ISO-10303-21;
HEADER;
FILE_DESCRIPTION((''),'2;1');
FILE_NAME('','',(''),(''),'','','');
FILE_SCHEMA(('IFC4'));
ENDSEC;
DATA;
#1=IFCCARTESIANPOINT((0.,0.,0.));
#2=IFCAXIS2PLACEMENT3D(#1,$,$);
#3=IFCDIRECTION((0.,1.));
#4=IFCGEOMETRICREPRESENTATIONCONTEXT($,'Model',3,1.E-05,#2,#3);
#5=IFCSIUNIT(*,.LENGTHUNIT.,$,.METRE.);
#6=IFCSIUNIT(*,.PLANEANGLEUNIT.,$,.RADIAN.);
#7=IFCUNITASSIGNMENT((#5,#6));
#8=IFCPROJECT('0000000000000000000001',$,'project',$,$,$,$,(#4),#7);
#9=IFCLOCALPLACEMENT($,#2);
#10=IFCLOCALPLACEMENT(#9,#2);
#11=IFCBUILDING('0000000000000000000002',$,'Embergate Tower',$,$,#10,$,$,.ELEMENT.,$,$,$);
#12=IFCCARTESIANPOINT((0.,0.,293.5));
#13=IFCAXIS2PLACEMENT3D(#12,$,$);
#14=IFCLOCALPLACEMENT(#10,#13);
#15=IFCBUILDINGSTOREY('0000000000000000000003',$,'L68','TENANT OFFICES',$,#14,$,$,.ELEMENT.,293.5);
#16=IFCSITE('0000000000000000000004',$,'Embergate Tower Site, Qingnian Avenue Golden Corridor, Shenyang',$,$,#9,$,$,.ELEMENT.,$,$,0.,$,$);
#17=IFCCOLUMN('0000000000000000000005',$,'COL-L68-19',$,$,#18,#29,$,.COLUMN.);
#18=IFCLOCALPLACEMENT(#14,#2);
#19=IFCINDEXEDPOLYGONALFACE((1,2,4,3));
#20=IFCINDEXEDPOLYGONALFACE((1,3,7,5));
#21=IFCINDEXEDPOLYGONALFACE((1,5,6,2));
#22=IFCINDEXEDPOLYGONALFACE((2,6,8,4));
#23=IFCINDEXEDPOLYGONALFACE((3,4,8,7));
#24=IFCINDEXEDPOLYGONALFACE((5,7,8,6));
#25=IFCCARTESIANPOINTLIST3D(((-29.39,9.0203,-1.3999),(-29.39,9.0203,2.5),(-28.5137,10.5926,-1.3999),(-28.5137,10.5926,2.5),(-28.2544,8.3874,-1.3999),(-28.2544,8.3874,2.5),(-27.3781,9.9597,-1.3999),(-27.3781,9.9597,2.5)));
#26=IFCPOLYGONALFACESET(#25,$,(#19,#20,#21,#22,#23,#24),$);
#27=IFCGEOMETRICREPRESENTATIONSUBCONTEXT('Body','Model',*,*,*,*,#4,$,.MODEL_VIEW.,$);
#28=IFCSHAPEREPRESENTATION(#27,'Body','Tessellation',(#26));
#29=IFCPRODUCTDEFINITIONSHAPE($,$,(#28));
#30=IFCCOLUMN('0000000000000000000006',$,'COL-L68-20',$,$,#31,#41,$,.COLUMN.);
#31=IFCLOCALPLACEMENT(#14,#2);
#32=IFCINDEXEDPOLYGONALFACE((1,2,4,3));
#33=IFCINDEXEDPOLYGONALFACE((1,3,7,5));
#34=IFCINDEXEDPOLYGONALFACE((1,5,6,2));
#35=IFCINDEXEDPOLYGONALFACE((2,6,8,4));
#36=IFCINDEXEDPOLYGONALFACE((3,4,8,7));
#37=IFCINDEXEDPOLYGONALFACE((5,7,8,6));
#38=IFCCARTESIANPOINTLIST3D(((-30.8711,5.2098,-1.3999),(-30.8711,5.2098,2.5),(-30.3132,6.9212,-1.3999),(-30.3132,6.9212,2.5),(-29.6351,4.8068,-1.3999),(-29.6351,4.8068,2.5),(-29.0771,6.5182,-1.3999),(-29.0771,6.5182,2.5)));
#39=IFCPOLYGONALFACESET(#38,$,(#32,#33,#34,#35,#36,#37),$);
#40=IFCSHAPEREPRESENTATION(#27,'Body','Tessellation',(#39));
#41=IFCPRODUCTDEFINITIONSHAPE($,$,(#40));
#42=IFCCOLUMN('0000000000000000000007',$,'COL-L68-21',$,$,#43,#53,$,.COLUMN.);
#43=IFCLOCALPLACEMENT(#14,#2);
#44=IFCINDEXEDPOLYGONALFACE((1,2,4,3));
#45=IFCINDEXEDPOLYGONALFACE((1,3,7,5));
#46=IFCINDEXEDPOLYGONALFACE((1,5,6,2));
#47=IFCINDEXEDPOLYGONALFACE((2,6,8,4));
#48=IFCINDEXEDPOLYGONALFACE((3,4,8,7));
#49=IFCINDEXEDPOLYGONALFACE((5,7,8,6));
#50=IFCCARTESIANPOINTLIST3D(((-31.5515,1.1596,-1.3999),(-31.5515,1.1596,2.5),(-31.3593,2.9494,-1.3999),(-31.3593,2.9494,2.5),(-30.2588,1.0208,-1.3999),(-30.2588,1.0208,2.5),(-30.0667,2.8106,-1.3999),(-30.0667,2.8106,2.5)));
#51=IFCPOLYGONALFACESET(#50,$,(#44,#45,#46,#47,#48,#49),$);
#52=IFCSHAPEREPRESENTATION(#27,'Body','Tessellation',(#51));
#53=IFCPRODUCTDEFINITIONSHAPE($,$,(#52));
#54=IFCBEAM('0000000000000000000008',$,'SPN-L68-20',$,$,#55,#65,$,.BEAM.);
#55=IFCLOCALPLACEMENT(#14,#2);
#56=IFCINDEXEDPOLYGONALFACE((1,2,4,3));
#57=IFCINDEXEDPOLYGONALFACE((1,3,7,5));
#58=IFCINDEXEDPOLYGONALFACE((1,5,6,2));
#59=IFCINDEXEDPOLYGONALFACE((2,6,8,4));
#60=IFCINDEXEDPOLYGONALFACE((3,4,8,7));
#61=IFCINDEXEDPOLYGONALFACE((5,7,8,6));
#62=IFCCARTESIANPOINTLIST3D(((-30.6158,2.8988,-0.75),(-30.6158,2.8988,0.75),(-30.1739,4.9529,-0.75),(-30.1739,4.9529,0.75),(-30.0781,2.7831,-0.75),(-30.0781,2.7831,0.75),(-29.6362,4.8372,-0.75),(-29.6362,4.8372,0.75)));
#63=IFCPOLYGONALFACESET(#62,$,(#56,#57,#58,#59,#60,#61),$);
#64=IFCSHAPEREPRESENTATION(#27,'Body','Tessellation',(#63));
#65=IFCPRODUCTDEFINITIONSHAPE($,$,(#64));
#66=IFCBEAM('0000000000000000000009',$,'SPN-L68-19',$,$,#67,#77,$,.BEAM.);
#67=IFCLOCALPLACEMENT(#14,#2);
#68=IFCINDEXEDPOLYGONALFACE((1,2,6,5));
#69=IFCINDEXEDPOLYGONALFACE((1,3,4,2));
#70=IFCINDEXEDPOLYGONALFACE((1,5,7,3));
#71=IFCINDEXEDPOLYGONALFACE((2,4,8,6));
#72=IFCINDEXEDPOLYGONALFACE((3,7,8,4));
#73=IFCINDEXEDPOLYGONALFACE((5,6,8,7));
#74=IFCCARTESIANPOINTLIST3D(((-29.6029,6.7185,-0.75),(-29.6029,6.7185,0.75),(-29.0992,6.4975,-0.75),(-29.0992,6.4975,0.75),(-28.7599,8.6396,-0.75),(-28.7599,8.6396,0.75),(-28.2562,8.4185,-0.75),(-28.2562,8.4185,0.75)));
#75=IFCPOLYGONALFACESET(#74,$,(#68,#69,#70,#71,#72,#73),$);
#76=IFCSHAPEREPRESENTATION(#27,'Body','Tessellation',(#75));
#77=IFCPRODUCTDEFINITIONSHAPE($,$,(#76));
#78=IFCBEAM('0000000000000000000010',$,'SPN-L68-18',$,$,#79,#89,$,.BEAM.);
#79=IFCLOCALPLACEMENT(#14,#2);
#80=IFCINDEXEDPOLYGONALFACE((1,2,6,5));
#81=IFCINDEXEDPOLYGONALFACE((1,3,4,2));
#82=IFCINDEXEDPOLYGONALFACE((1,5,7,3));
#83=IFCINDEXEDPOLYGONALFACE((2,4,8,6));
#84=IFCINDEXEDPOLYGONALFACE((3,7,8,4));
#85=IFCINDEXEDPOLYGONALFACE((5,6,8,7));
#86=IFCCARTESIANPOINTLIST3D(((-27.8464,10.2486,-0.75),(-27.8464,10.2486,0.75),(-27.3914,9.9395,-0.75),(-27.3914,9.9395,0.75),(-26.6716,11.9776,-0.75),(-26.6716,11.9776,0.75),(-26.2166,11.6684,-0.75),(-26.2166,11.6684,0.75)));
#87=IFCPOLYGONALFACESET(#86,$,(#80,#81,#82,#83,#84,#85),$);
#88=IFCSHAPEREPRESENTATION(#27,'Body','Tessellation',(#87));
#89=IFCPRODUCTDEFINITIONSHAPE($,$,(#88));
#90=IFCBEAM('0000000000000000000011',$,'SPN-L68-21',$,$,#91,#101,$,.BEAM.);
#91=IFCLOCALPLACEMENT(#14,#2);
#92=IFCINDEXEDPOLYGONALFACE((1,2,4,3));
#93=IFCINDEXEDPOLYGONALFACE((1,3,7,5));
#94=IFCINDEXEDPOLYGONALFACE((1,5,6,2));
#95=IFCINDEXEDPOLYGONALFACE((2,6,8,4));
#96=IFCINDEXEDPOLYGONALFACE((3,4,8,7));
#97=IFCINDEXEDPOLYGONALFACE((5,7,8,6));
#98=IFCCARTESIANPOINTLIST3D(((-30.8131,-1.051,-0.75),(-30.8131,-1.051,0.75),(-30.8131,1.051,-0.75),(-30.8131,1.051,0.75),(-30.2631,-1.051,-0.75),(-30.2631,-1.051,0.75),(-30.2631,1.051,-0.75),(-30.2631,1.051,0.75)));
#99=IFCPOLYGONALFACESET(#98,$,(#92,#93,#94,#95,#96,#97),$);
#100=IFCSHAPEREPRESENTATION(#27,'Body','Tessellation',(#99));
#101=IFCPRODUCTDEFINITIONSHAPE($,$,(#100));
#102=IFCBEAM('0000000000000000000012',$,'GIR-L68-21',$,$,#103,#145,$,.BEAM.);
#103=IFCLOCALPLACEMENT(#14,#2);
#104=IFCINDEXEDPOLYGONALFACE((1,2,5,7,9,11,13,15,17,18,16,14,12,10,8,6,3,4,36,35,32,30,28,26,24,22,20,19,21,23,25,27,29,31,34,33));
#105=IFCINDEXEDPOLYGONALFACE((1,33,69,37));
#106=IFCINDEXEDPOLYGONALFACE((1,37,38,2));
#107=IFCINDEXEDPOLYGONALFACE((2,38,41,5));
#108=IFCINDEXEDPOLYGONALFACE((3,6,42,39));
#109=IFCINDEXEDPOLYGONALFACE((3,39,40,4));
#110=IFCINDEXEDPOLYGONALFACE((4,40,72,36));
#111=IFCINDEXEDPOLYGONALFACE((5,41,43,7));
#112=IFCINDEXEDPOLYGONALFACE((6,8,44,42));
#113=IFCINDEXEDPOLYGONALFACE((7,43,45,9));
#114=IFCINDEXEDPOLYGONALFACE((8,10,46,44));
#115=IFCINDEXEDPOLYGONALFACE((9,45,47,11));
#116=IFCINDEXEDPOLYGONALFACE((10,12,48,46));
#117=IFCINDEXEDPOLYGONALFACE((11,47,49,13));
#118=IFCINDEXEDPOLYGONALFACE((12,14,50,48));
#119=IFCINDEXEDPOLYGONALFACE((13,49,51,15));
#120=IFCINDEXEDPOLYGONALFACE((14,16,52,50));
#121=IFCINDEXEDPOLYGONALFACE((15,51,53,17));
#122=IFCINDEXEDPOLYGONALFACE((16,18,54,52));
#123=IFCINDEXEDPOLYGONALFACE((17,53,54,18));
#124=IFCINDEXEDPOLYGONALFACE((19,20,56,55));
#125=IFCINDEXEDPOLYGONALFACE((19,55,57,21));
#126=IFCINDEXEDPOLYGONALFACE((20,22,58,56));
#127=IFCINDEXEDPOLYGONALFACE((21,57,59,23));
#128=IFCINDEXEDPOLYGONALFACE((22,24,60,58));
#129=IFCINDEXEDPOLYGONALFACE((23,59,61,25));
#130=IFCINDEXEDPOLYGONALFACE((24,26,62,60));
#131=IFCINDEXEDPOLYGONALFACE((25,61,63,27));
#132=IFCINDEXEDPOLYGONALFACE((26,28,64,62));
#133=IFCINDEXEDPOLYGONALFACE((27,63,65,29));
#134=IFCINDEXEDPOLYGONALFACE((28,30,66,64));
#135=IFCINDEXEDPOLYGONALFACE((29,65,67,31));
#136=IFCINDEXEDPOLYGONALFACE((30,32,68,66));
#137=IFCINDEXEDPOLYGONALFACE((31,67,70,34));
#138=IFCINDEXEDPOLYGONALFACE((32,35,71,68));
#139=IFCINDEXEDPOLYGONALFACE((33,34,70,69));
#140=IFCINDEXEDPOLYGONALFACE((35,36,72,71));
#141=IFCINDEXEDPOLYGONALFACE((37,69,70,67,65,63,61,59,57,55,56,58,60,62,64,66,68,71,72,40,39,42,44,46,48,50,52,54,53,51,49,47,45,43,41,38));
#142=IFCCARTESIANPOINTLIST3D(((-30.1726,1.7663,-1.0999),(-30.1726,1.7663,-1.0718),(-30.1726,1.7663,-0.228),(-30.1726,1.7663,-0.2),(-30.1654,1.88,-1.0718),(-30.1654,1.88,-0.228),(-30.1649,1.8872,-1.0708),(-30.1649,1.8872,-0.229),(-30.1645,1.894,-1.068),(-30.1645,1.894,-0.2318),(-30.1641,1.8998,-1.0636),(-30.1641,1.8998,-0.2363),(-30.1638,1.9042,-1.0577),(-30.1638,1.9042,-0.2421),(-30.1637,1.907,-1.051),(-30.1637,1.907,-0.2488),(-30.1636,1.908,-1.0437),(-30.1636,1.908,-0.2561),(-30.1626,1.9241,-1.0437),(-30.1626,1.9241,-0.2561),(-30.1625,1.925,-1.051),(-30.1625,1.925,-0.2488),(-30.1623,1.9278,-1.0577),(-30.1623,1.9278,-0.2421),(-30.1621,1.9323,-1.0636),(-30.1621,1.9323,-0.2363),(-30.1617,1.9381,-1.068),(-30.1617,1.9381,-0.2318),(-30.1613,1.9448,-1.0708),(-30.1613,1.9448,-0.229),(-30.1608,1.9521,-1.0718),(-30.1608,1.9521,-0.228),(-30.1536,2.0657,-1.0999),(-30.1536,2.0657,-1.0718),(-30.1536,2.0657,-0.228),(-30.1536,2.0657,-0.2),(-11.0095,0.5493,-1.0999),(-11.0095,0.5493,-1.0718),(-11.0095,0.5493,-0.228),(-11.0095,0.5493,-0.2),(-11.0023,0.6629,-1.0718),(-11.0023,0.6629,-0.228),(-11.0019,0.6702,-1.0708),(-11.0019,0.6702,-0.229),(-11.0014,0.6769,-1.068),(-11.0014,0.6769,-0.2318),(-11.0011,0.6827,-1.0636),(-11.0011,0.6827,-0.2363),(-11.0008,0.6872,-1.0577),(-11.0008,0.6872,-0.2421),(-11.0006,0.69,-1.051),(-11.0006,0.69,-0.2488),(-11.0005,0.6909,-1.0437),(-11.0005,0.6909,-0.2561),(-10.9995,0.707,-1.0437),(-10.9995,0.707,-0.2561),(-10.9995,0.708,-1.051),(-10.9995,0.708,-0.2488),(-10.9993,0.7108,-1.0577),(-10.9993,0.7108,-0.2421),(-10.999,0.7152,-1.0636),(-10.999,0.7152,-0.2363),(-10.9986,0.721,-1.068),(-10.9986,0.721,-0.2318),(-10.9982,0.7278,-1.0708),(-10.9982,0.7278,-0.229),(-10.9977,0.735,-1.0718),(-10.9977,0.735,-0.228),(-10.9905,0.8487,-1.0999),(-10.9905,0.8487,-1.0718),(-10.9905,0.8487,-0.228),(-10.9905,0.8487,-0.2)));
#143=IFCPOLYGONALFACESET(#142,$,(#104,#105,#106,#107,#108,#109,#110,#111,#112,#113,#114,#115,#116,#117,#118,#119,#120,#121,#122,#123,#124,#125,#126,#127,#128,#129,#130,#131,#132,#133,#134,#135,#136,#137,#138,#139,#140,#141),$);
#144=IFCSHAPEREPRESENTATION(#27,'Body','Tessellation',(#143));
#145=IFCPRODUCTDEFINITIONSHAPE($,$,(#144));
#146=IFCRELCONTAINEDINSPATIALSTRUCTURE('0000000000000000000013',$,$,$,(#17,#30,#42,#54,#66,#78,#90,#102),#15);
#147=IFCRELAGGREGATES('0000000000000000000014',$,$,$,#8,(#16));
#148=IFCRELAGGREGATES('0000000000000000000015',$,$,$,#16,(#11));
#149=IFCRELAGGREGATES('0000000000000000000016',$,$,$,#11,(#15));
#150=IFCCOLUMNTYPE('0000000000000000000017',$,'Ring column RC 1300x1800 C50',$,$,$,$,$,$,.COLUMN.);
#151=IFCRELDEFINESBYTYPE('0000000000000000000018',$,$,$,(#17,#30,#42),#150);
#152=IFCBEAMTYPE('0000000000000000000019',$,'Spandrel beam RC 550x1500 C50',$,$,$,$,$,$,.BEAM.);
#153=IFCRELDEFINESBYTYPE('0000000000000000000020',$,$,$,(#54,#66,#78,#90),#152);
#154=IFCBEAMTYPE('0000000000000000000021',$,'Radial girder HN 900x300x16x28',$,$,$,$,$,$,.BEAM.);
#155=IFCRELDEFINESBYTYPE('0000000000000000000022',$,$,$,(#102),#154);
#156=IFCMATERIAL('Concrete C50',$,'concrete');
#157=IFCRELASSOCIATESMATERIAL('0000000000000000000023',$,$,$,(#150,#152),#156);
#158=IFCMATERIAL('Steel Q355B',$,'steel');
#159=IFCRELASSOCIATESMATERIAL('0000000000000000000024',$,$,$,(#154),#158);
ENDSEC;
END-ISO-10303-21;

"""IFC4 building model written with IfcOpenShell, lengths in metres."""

from ifc_helpers import new_model, si_unit, direction, frame, origin, origin_2d, place, context, subcontext, project, spatial, rectangle, i_section, extrude, source, transform, mapped, material, material_profile, profile_set, type_object, element, save


model = new_model("IFC4")

# Units and contexts
model_context = context("Model", 3, precision=1e-05, world=origin(), true_north=direction((0.0, 1.0)))
body_context = subcontext(model_context, "Body", "Model", "MODEL_VIEW")
ifc_project = project(units=[si_unit("LENGTHUNIT", "METRE"), si_unit("PLANEANGLEUNIT", "RADIAN")], contexts=[model_context])

# Site, building, storey
site_placement = place(None, origin())
site = spatial("IfcSite", under=ifc_project, at=site_placement, Name="Embergate Tower Site, Qingnian Avenue Golden Corridor, Shenyang", CompositionType="ELEMENT", RefElevation=0.0)
building_placement = place(site_placement, origin())
building = spatial("IfcBuilding", under=site, at=building_placement, Name="Embergate Tower", CompositionType="ELEMENT")
storey_placement = place(building_placement, frame((0.0, 0.0, 293.5)))
storey = spatial("IfcBuildingStorey", under=building, at=storey_placement, Name="L68", Description="TENANT OFFICES", CompositionType="ELEMENT", Elevation=293.5)

# Columns
ifc_material_1 = material(Name="Concrete C50", Category="concrete")
ifc_material_profile_1 = material_profile(ifc_material_1, rectangle(XDim=1.3, YDim=1.8, at=origin_2d()), Name="RC 1300x1800")
ifc_profile_set_1 = profile_set([ifc_material_profile_1], Name="Concrete C50")
column_type = type_object("IfcColumnType", Name="Ring column RC 1300x1800 C50", PredefinedType="COLUMN", material=ifc_profile_set_1)
shared_shape_1 = source(origin(), body_context, "Body", "SweptSolid", [
    extrude(rectangle(XDim=1.3, YDim=1.8, at=origin_2d()), origin(), (0.0, 0.0, 1.0), 3.8999),
])
for number, where, z_axis, x_axis, name in (
    (1, (-28.384, 9.49, -1.3999), (0.0, 0.0, 1.0), (-0.8735, 0.486823, 0.0), "COL-L68-19"),
    (2, (-29.9741, 5.864, -1.3999), (0.0, 0.0, 1.0), (-0.950754, 0.309946, 0.0), "COL-L68-20"),
    (3, (-30.8091, 1.9851, -1.3999), (0.0, 0.0, 1.0), (-0.994286, 0.10675, 0.0), "COL-L68-21"),
):
    element("IfcColumn", number, at=place(storey_placement, frame(where, z_axis=z_axis, x_axis=x_axis)), inside=storey, type_object=column_type, Name=name, PredefinedType="COLUMN", context=body_context, shape_type="MappedRepresentation", body=[
        mapped(shared_shape_1, transform((0.0, 0.0, 0.0))),
    ])

# Beams
ifc_material_profile_2 = material_profile(ifc_material_1, rectangle(XDim=0.55, YDim=1.5, at=origin_2d()), Name="RC 550x1500")
ifc_profile_set_2 = profile_set([ifc_material_profile_2], Name="Concrete C50")
beam_type_1 = type_object("IfcBeamType", Name="Spandrel beam RC 550x1500 C50", PredefinedType="BEAM", material=ifc_profile_set_2)
shared_shape_2 = source(origin(), body_context, "Body", "SweptSolid", [
    extrude(rectangle(XDim=0.55, YDim=1.5, at=origin_2d()), origin(), (0.0, 0.0, 1.0), 2.1011),
])
beam_1_placement = place(storey_placement, frame((-29.905, 4.895, 0.0), z_axis=(-0.210331, -0.97763, 0.0), x_axis=(0.97763, -0.210331, 0.0)))
element("IfcBeam", 4, at=beam_1_placement, inside=storey, type_object=beam_type_1, Name="SPN-L68-20", PredefinedType="BEAM", context=body_context, shape_type="MappedRepresentation", body=[
    mapped(shared_shape_2, transform((0.0, 0.0, 0.0))),
])
shared_shape_3 = source(origin(), body_context, "Body", "SweptSolid", [
    extrude(rectangle(XDim=0.55, YDim=1.5, at=origin_2d()), origin(), (0.0, 0.0, 1.0), 2.0979),
])
beam_2_placement = place(storey_placement, frame((-28.5081, 8.5291, 0.0), z_axis=(-0.401826, -0.915716, 0.0), x_axis=(0.915716, -0.401826, 0.0)))
element("IfcBeam", 5, at=beam_2_placement, inside=storey, type_object=beam_type_1, Name="SPN-L68-19", PredefinedType="BEAM", context=body_context, shape_type="MappedRepresentation", body=[
    mapped(shared_shape_3, transform((0.0, 0.0, 0.0))),
])
shared_shape_4 = source(origin(), body_context, "Body", "SweptSolid", [
    extrude(rectangle(XDim=0.55, YDim=1.5, at=origin_2d()), origin(), (0.0, 0.0, 1.0), 2.0903),
])
beam_3_placement = place(storey_placement, frame((-26.4441, 11.823, 0.0), z_axis=(-0.56201, -0.827131, 0.0), x_axis=(0.827131, -0.56201, 0.0)))
element("IfcBeam", 6, at=beam_3_placement, inside=storey, type_object=beam_type_1, Name="SPN-L68-18", PredefinedType="BEAM", context=body_context, shape_type="MappedRepresentation", body=[
    mapped(shared_shape_4, transform((0.0, 0.0, 0.0))),
])
shared_shape_5 = source(origin(), body_context, "Body", "SweptSolid", [
    extrude(rectangle(XDim=0.55, YDim=1.5, at=origin_2d()), origin(), (0.0, 0.0, 1.0), 2.1021),
])
beam_4_placement = place(storey_placement, frame((-30.5381, 1.051, 0.0), z_axis=(0.0, -1.0, 0.0), x_axis=(1.0, 0.0, 0.0)))
element("IfcBeam", 7, at=beam_4_placement, inside=storey, type_object=beam_type_1, Name="SPN-L68-21", PredefinedType="BEAM", context=body_context, shape_type="MappedRepresentation", body=[
    mapped(shared_shape_5, transform((0.0, 0.0, 0.0))),
])
ifc_material_2 = material(Name="Steel Q355B", Category="steel")
ifc_material_profile_3 = material_profile(ifc_material_2, i_section(OverallWidth=0.3, OverallDepth=0.8999, WebThickness=0.0161, FlangeThickness=0.0281, FilletRadius=0.0281, at=origin_2d()), Name="HN 900x300x16x28")
ifc_profile_set_3 = profile_set([ifc_material_profile_3], Name="Steel Q355 grade B")
beam_type_2 = type_object("IfcBeamType", Name="Radial girder HN 900x300x16x28", PredefinedType="BEAM", material=ifc_profile_set_3)
shared_shape_6 = source(origin(), body_context, "Body", "SweptSolid", [
    extrude(i_section(OverallWidth=0.3, OverallDepth=0.8999, WebThickness=0.0161, FlangeThickness=0.0281, FilletRadius=0.0281, at=origin_2d()), origin(), (0.0, 0.0, 1.0), 19.2017),
])
beam_5_placement = place(storey_placement, frame((-30.1631, 1.916, -0.6499), z_axis=(0.997989, -0.063382, 0.0), x_axis=(0.063382, 0.997989, 0.0)))
element("IfcBeam", 8, at=beam_5_placement, inside=storey, type_object=beam_type_2, Name="GIR-L68-21", PredefinedType="BEAM", context=body_context, shape_type="MappedRepresentation", body=[
    mapped(shared_shape_6, transform((0.0, 0.0, 0.0))),
])

save(model, "model.ifc")
